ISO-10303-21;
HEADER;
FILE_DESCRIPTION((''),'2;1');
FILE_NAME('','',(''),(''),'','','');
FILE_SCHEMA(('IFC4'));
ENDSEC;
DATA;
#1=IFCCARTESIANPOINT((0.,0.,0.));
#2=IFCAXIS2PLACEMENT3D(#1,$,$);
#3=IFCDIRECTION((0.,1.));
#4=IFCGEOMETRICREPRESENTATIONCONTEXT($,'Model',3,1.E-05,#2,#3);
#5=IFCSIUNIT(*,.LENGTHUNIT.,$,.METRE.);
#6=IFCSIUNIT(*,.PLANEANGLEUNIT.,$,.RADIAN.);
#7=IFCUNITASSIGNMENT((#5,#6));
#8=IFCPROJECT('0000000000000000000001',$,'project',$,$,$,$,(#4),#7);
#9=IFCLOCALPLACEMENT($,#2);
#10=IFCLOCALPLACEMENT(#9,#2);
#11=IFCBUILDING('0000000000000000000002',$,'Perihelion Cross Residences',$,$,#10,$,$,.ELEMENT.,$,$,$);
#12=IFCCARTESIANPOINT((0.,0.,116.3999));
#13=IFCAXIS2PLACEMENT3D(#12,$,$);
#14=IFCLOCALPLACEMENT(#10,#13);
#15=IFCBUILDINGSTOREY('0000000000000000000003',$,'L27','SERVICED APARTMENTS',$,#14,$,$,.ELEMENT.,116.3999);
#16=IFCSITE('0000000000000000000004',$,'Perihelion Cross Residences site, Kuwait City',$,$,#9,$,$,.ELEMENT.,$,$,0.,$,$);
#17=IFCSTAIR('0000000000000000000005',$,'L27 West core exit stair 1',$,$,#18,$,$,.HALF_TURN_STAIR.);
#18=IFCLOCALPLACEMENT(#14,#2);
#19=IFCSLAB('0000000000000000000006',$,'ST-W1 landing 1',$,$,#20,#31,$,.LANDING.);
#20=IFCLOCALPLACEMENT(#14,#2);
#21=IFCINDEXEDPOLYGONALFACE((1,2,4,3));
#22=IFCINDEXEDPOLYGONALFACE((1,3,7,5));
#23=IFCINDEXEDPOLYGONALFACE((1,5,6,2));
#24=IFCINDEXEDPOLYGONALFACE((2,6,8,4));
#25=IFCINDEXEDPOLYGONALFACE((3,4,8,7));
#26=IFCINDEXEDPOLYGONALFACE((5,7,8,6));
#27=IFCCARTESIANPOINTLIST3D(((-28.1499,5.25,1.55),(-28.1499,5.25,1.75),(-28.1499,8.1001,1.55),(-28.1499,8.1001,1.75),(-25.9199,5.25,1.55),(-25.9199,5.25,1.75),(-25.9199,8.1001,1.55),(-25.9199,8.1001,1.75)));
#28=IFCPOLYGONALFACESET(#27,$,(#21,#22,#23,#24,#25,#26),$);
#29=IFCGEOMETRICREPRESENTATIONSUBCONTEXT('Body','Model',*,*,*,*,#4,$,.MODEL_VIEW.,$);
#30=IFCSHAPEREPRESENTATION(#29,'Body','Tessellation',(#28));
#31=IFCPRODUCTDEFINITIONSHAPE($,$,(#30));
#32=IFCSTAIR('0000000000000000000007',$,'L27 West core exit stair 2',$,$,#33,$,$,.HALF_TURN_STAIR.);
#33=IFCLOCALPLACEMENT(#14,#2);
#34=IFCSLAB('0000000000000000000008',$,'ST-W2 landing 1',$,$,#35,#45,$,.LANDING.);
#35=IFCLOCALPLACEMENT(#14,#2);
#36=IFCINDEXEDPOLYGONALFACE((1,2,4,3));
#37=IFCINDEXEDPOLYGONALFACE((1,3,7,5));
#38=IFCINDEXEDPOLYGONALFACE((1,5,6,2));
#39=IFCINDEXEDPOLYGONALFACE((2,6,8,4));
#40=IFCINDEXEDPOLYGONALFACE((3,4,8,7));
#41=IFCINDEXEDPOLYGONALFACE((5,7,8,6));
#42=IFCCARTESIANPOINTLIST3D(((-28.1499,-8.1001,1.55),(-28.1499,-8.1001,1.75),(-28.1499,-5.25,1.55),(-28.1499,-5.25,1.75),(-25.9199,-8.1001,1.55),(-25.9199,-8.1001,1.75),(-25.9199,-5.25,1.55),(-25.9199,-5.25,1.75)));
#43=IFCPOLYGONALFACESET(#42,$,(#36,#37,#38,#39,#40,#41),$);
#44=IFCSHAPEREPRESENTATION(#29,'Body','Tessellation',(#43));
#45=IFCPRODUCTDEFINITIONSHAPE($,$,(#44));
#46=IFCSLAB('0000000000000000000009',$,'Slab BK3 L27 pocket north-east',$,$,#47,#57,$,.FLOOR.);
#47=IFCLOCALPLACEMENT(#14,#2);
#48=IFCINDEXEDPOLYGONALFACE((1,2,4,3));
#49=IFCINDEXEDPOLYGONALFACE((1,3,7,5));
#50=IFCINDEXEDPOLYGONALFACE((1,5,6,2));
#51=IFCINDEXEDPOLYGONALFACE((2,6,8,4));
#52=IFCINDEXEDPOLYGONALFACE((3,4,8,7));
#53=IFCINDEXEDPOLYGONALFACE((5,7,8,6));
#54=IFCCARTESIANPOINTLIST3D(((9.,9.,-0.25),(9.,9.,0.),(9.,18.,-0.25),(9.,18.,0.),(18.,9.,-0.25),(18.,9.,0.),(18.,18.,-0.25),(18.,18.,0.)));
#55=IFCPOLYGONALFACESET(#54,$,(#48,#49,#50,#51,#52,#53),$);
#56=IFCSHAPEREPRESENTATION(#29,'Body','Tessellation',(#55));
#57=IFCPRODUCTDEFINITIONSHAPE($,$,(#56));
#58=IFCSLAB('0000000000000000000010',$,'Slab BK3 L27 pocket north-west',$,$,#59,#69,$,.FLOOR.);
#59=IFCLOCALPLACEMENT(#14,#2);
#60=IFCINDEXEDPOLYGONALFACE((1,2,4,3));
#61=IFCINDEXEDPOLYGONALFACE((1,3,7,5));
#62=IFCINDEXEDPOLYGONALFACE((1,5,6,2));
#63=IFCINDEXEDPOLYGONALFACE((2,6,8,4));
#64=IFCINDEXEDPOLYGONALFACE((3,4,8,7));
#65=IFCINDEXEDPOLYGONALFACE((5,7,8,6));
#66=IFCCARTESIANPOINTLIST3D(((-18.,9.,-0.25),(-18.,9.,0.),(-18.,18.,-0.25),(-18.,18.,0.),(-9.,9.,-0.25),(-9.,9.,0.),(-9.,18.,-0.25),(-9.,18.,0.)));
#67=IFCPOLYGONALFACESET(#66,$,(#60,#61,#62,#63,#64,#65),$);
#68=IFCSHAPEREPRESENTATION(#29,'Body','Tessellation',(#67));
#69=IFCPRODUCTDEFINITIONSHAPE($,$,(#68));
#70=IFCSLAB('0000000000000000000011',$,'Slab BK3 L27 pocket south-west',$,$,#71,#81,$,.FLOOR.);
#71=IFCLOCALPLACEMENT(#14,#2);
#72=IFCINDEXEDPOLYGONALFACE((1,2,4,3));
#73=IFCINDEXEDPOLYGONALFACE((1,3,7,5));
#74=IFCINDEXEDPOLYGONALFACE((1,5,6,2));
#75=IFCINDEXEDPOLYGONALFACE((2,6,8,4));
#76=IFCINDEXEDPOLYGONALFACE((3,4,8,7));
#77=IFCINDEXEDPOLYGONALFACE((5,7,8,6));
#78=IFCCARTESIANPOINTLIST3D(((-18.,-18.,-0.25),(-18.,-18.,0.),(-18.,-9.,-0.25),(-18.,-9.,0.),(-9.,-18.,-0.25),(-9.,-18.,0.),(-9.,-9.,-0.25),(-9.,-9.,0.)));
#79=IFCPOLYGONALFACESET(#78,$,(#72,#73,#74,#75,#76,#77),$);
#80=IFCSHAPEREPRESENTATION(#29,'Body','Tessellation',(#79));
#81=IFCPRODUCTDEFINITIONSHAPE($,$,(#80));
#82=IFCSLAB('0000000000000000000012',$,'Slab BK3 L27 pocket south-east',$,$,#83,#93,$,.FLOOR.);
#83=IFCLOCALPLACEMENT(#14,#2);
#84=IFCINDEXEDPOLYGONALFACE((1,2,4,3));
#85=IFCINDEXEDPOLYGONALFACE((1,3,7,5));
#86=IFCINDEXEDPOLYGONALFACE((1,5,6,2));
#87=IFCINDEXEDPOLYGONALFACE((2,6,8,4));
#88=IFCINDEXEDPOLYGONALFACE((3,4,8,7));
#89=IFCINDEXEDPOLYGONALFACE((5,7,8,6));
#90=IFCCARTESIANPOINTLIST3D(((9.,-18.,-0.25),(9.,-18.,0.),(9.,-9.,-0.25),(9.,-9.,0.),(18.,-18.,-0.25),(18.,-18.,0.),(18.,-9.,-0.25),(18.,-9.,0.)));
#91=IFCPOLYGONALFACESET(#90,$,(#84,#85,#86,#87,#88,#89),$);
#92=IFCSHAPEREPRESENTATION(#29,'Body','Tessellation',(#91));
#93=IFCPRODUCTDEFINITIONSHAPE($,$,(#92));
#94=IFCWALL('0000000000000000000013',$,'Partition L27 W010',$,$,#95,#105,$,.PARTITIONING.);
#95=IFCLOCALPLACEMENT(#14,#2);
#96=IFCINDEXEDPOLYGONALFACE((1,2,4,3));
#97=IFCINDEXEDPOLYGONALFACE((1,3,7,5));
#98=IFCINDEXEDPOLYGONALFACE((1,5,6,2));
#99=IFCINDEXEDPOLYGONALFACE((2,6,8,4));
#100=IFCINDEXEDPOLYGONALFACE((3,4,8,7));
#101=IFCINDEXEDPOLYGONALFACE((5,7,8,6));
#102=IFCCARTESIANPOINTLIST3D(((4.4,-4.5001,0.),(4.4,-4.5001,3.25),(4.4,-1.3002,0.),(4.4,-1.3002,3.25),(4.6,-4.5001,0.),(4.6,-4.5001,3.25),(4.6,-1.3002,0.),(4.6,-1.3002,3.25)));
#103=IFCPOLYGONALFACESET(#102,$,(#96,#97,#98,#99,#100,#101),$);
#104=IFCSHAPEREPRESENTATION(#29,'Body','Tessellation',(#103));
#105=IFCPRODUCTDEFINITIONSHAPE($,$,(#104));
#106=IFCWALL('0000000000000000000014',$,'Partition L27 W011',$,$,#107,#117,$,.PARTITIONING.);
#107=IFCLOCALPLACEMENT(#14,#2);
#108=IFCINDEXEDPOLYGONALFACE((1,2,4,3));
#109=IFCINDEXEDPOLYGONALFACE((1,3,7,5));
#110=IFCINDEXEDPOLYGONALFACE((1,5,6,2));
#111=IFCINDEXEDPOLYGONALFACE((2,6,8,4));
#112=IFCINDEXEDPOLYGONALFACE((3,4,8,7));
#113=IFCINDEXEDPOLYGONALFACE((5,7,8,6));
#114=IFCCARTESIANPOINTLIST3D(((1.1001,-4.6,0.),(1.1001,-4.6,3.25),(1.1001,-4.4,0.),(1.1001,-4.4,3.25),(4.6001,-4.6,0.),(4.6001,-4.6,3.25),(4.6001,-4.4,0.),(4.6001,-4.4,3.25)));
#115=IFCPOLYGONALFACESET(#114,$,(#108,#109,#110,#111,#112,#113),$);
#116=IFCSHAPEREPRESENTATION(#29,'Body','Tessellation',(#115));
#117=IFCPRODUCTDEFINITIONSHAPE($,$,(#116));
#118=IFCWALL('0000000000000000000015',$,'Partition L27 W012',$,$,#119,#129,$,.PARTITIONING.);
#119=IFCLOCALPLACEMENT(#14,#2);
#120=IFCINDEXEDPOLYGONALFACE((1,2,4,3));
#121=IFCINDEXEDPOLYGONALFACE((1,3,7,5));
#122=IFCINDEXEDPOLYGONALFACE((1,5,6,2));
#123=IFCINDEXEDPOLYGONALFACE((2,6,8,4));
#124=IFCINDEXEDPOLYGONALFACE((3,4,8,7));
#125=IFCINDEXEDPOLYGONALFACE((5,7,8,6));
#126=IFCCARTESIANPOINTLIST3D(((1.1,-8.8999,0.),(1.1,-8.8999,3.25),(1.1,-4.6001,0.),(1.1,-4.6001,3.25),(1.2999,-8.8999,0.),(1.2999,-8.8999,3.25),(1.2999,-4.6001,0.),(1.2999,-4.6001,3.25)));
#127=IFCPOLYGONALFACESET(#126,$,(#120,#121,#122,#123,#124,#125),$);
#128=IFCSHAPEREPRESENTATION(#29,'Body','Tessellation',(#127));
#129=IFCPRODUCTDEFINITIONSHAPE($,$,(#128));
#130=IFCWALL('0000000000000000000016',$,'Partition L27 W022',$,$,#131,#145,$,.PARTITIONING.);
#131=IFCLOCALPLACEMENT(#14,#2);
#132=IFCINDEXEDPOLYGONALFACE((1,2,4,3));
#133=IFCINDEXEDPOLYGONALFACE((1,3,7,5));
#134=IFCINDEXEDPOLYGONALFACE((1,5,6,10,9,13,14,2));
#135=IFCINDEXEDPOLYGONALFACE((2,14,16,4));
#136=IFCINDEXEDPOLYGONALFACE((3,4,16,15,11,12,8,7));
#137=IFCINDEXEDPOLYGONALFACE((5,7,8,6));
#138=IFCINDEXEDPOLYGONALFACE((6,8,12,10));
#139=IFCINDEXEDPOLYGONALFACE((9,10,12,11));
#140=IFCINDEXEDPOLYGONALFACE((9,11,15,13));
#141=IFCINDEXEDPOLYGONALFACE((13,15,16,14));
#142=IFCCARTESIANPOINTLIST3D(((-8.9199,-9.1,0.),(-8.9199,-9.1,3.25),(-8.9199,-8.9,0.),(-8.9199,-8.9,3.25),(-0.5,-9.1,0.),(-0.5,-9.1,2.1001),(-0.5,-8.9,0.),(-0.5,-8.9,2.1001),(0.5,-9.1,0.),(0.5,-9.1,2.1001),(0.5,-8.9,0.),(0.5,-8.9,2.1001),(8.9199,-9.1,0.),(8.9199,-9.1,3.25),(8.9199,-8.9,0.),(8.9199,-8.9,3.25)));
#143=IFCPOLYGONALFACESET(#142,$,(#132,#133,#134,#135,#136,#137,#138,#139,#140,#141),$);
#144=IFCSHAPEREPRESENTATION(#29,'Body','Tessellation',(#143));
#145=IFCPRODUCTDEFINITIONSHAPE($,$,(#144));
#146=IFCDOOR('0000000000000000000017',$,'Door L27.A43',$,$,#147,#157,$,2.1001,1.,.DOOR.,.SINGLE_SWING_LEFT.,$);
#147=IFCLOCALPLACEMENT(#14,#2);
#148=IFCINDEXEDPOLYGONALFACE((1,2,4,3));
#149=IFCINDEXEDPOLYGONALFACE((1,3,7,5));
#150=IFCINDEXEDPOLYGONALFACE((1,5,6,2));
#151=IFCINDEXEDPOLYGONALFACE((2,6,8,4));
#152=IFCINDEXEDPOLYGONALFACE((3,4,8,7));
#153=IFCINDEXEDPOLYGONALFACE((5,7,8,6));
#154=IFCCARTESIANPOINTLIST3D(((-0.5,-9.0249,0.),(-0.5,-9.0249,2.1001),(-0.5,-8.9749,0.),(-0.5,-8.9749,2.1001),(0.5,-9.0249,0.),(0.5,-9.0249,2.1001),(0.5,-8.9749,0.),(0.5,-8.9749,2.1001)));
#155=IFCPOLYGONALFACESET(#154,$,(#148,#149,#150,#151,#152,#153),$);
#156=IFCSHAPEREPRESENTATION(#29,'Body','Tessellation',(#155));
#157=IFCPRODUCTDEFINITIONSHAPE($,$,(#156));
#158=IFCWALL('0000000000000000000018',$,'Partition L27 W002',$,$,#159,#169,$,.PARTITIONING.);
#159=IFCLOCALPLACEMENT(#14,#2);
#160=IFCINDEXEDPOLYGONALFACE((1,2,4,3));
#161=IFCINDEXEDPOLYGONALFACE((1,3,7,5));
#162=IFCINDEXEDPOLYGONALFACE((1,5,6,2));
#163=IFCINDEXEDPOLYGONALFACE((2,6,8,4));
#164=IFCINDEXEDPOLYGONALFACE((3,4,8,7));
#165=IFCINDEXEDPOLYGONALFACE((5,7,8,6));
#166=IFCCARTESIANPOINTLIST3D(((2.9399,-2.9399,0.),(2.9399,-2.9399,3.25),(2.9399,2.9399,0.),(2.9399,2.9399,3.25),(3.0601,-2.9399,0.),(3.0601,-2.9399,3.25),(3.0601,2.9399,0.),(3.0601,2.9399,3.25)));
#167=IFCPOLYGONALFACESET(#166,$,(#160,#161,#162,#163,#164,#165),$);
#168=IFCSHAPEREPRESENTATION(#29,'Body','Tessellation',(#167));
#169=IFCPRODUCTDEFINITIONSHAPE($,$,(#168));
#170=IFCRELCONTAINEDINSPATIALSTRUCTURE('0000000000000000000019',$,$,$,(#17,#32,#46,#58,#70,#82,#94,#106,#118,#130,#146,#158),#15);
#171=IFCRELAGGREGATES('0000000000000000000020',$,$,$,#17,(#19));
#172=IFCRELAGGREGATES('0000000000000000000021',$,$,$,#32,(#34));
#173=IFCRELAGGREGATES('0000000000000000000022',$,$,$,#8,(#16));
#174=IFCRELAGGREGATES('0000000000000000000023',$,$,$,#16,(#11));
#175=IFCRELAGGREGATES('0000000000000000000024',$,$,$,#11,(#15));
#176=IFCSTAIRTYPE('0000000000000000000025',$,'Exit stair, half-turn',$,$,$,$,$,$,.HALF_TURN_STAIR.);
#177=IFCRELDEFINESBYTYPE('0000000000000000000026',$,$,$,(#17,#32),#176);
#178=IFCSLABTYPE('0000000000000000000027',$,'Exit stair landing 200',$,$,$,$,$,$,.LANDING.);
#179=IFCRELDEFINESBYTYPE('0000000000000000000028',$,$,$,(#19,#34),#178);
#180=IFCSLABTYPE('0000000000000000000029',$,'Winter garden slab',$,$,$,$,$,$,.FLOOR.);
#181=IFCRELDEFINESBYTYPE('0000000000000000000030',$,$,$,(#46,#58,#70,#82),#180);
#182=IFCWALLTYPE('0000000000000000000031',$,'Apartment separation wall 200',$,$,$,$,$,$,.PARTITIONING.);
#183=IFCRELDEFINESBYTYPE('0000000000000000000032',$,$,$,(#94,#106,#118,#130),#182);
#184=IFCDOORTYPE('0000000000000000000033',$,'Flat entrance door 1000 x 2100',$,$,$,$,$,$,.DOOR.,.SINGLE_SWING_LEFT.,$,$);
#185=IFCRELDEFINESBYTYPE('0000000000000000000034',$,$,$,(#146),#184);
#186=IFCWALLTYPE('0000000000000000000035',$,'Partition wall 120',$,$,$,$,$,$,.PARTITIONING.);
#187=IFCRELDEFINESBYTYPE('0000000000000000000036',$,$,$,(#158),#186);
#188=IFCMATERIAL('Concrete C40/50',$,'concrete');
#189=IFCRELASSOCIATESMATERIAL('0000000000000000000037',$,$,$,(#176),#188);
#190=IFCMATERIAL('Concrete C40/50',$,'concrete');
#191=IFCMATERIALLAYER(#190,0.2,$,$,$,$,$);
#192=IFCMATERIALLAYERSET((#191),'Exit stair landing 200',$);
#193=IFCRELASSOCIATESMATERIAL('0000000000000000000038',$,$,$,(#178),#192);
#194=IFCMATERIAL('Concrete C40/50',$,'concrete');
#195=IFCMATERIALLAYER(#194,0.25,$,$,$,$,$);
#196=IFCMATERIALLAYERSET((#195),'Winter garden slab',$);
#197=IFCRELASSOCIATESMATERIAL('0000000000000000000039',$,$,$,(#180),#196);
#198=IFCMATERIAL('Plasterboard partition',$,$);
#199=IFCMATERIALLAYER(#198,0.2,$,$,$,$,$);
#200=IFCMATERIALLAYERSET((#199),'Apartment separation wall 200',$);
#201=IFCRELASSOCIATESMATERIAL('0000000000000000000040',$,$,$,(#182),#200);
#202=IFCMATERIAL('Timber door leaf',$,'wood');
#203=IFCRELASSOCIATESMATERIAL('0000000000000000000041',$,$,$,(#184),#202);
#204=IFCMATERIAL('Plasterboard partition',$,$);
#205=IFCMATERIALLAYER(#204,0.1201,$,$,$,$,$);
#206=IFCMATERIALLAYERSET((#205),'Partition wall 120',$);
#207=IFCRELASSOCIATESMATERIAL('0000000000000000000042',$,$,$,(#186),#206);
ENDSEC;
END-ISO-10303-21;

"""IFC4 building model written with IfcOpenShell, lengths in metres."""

from ifc_helpers import new_model, si_unit, direction, frame, frame_2d, origin, place, context, subcontext, project, spatial, polyline, rectangle, outline, extrude, material, layer, layer_set, type_object, element, fill, aggregate, save


model = new_model("IFC4")

# Units and contexts
model_context = context("Model", 3, precision=1e-05, world=origin(), true_north=direction((0.0, 1.0)))
body_context = subcontext(model_context, "Body", "Model", "MODEL_VIEW")
ifc_project = project(units=[si_unit("LENGTHUNIT", "METRE"), si_unit("PLANEANGLEUNIT", "RADIAN")], contexts=[model_context])

# Site, building, storey
site_placement = place(None, origin())
site = spatial("IfcSite", under=ifc_project, at=site_placement, Name="Perihelion Cross Residences site, Kuwait City", CompositionType="ELEMENT", RefElevation=0.0)
building_placement = place(site_placement, origin())
building = spatial("IfcBuilding", under=site, at=building_placement, Name="Perihelion Cross Residences", CompositionType="ELEMENT")
storey_placement = place(building_placement, frame((0.0, 0.0, 116.3999)))
storey = spatial("IfcBuildingStorey", under=building, at=storey_placement, Name="L27", Description="SERVICED APARTMENTS", CompositionType="ELEMENT", Elevation=116.3999)

# Stairs, slabs
ifc_material_1 = material(Name="Concrete C40/50", Category="concrete")
stair_type = type_object("IfcStairType", Name="Exit stair, half-turn", PredefinedType="HALF_TURN_STAIR", material=ifc_material_1)
ifc_material_2 = material(Name="Concrete C40/50", Category="concrete")
ifc_layer_1 = layer(ifc_material_2, 0.2)
ifc_layer_set_1 = layer_set([ifc_layer_1], Name="Exit stair landing 200")
slab_type_1 = type_object("IfcSlabType", Name="Exit stair landing 200", PredefinedType="LANDING", material=ifc_layer_set_1)
stair_1_placement = place(storey_placement, origin())
stair_1 = element("IfcStair", 1, at=stair_1_placement, inside=storey, type_object=stair_type, Name="L27 West core exit stair 1", PredefinedType="HALF_TURN_STAIR")
slab_1_placement = place(storey_placement, frame((0.0, 0.0, 1.55)))
slab_1 = element("IfcSlab", 2, at=slab_1_placement, type_object=slab_type_1, Name="ST-W1 landing 1", PredefinedType="LANDING", context=body_context, shape_type="SweptSolid", body=[
    extrude(outline(polyline([(-25.9199, 8.1001), (-28.1499, 8.1001), (-28.1499, 5.25), (-25.9199, 5.25), (-25.9199, 8.1001)])), origin(), (0.0, 0.0, 1.0), 0.2),
])
aggregate(stair_1, [slab_1])
stair_2_placement = place(storey_placement, origin())
stair_2 = element("IfcStair", 3, at=stair_2_placement, inside=storey, type_object=stair_type, Name="L27 West core exit stair 2", PredefinedType="HALF_TURN_STAIR")
slab_2_placement = place(storey_placement, frame((0.0, 0.0, 1.55)))
slab_2 = element("IfcSlab", 4, at=slab_2_placement, type_object=slab_type_1, Name="ST-W2 landing 1", PredefinedType="LANDING", context=body_context, shape_type="SweptSolid", body=[
    extrude(outline(polyline([(-25.9199, -5.25), (-28.1499, -5.25), (-28.1499, -8.1001), (-25.9199, -8.1001), (-25.9199, -5.25)])), origin(), (0.0, 0.0, 1.0), 0.2),
])
aggregate(stair_2, [slab_2])

# Slabs
ifc_material_3 = material(Name="Concrete C40/50", Category="concrete")
ifc_layer_2 = layer(ifc_material_3, 0.25)
ifc_layer_set_2 = layer_set([ifc_layer_2], Name="Winter garden slab")
slab_type_2 = type_object("IfcSlabType", Name="Winter garden slab", PredefinedType="FLOOR", material=ifc_layer_set_2)
slab_3_placement = place(storey_placement, frame((0.0, 0.0, -0.25)))
element("IfcSlab", 5, at=slab_3_placement, inside=storey, type_object=slab_type_2, Name="Slab BK3 L27 pocket north-east", PredefinedType="FLOOR", context=body_context, shape_type="SweptSolid", body=[
    extrude(outline(polyline([(18.0, 9.0), (18.0, 18.0), (9.0, 18.0), (9.0, 9.0), (18.0, 9.0)])), origin(), (0.0, 0.0, 1.0), 0.25),
])
slab_4_placement = place(storey_placement, frame((0.0, 0.0, -0.25)))
element("IfcSlab", 6, at=slab_4_placement, inside=storey, type_object=slab_type_2, Name="Slab BK3 L27 pocket north-west", PredefinedType="FLOOR", context=body_context, shape_type="SweptSolid", body=[
    extrude(outline(polyline([(-9.0, 9.0), (-9.0, 18.0), (-18.0, 18.0), (-18.0, 9.0), (-9.0, 9.0)])), origin(), (0.0, 0.0, 1.0), 0.25),
])
slab_5_placement = place(storey_placement, frame((0.0, 0.0, -0.25)))
element("IfcSlab", 7, at=slab_5_placement, inside=storey, type_object=slab_type_2, Name="Slab BK3 L27 pocket south-west", PredefinedType="FLOOR", context=body_context, shape_type="SweptSolid", body=[
    extrude(outline(polyline([(-9.0, -18.0), (-9.0, -9.0), (-18.0, -9.0), (-18.0, -18.0), (-9.0, -18.0)])), origin(), (0.0, 0.0, 1.0), 0.25),
])
slab_6_placement = place(storey_placement, frame((0.0, 0.0, -0.25)))
element("IfcSlab", 8, at=slab_6_placement, inside=storey, type_object=slab_type_2, Name="Slab BK3 L27 pocket south-east", PredefinedType="FLOOR", context=body_context, shape_type="SweptSolid", body=[
    extrude(outline(polyline([(18.0, -18.0), (18.0, -9.0), (9.0, -9.0), (9.0, -18.0), (18.0, -18.0)])), origin(), (0.0, 0.0, 1.0), 0.25),
])

# Walls
ifc_material_4 = material(Name="Plasterboard partition")
ifc_layer_3 = layer(ifc_material_4, 0.2)
ifc_layer_set_3 = layer_set([ifc_layer_3], Name="Apartment separation wall 200")
wall_type_1 = type_object("IfcWallType", Name="Apartment separation wall 200", PredefinedType="PARTITIONING", material=ifc_layer_set_3)
wall_1_placement = place(storey_placement, frame((4.5, -1.3, 0.0), z_axis=(0.0, 0.0, 1.0), x_axis=(0.0, -1.0, 0.0)))
element("IfcWall", 9, at=wall_1_placement, inside=storey, type_object=wall_type_1, Name="Partition L27 W010", PredefinedType="PARTITIONING", context=body_context, shape_type="SweptSolid", body=[
    extrude(rectangle(XDim=3.2, YDim=0.2, at=frame_2d((1.6001, 0.0))), origin(), (0.0, 0.0, 1.0), 3.25),
])
wall_2_placement = place(storey_placement, frame((4.6001, -4.5, 0.0), z_axis=(0.0, 0.0, 1.0), x_axis=(-1.0, 0.0, 0.0)))
element("IfcWall", 10, at=wall_2_placement, inside=storey, type_object=wall_type_1, Name="Partition L27 W011", PredefinedType="PARTITIONING", context=body_context, shape_type="SweptSolid", body=[
    extrude(rectangle(XDim=3.5, YDim=0.2, at=frame_2d((1.75, 0.0))), origin(), (0.0, 0.0, 1.0), 3.25),
])
wall_3_placement = place(storey_placement, frame((1.2, -4.6001, 0.0), z_axis=(0.0, 0.0, 1.0), x_axis=(0.0, -1.0, 0.0)))
element("IfcWall", 11, at=wall_3_placement, inside=storey, type_object=wall_type_1, Name="Partition L27 W012", PredefinedType="PARTITIONING", context=body_context, shape_type="SweptSolid", body=[
    extrude(rectangle(XDim=4.2998, YDim=0.2, at=frame_2d((2.1499, 0.0))), origin(), (0.0, 0.0, 1.0), 3.25),
])

# Wall, opening, door
wall_4_placement = place(storey_placement, frame((8.9199, -9.0, 0.0), z_axis=(0.0, 0.0, 1.0), x_axis=(-1.0, 0.0, 0.0)))
wall_4 = element("IfcWall", 12, at=wall_4_placement, inside=storey, type_object=wall_type_1, Name="Partition L27 W022", PredefinedType="PARTITIONING", context=body_context, shape_type="SweptSolid", body=[
    extrude(rectangle(XDim=17.8398, YDim=0.2, at=frame_2d((8.9199, 0.0))), origin(), (0.0, 0.0, 1.0), 3.25),
])
opening_1_placement = place(wall_4_placement, frame((8.4199, 0.0, 0.0)))
opening_1 = element("IfcOpeningElement", 13, at=opening_1_placement, cuts=wall_4, PredefinedType="OPENING", context=body_context, shape_type="SweptSolid", body=[
    extrude(rectangle(XDim=1.0, YDim=2.1001, at=frame_2d((0.5, 1.05))), frame((0.0, 0.1099, 0.0), z_axis=(0.0, -1.0, 0.0), x_axis=(1.0, 0.0, 0.0)), (0.0, 0.0, 1.0), 0.22),
])
ifc_material_5 = material(Name="Timber door leaf", Category="wood")
door_type_1 = type_object("IfcDoorType", Name="Flat entrance door 1000 x 2100", OperationType="SINGLE_SWING_LEFT", PredefinedType="DOOR", material=ifc_material_5)
door_1_placement = place(opening_1_placement, origin())
door_1 = element("IfcDoor", 14, at=door_1_placement, inside=storey, type_object=door_type_1, Name="Door L27.A43", OperationType="SINGLE_SWING_LEFT", OverallHeight=2.1001, OverallWidth=1.0, PredefinedType="DOOR", context=body_context, shape_type="SweptSolid", body=[
    extrude(rectangle(XDim=1.0, YDim=2.1001, at=frame_2d((0.5, 1.05))), frame((0.0, 0.0249, 0.0), z_axis=(0.0, -1.0, 0.0), x_axis=(1.0, 0.0, 0.0)), (0.0, 0.0, 1.0), 0.05),
])
fill(opening_1, door_1)

# Wall
ifc_material_6 = material(Name="Plasterboard partition")
ifc_layer_4 = layer(ifc_material_6, 0.1201)
ifc_layer_set_4 = layer_set([ifc_layer_4], Name="Partition wall 120")
wall_type_2 = type_object("IfcWallType", Name="Partition wall 120", PredefinedType="PARTITIONING", material=ifc_layer_set_4)
wall_5_placement = place(storey_placement, frame((3.0, -2.9399, 0.0), z_axis=(0.0, 0.0, 1.0), x_axis=(0.0, 1.0, 0.0)))
element("IfcWall", 15, at=wall_5_placement, inside=storey, type_object=wall_type_2, Name="Partition L27 W002", PredefinedType="PARTITIONING", context=body_context, shape_type="SweptSolid", body=[
    extrude(rectangle(XDim=5.8799, YDim=0.1201, at=frame_2d((2.9399, 0.0))), origin(), (0.0, 0.0, 1.0), 3.25),
])

save(model, "model.ifc")
